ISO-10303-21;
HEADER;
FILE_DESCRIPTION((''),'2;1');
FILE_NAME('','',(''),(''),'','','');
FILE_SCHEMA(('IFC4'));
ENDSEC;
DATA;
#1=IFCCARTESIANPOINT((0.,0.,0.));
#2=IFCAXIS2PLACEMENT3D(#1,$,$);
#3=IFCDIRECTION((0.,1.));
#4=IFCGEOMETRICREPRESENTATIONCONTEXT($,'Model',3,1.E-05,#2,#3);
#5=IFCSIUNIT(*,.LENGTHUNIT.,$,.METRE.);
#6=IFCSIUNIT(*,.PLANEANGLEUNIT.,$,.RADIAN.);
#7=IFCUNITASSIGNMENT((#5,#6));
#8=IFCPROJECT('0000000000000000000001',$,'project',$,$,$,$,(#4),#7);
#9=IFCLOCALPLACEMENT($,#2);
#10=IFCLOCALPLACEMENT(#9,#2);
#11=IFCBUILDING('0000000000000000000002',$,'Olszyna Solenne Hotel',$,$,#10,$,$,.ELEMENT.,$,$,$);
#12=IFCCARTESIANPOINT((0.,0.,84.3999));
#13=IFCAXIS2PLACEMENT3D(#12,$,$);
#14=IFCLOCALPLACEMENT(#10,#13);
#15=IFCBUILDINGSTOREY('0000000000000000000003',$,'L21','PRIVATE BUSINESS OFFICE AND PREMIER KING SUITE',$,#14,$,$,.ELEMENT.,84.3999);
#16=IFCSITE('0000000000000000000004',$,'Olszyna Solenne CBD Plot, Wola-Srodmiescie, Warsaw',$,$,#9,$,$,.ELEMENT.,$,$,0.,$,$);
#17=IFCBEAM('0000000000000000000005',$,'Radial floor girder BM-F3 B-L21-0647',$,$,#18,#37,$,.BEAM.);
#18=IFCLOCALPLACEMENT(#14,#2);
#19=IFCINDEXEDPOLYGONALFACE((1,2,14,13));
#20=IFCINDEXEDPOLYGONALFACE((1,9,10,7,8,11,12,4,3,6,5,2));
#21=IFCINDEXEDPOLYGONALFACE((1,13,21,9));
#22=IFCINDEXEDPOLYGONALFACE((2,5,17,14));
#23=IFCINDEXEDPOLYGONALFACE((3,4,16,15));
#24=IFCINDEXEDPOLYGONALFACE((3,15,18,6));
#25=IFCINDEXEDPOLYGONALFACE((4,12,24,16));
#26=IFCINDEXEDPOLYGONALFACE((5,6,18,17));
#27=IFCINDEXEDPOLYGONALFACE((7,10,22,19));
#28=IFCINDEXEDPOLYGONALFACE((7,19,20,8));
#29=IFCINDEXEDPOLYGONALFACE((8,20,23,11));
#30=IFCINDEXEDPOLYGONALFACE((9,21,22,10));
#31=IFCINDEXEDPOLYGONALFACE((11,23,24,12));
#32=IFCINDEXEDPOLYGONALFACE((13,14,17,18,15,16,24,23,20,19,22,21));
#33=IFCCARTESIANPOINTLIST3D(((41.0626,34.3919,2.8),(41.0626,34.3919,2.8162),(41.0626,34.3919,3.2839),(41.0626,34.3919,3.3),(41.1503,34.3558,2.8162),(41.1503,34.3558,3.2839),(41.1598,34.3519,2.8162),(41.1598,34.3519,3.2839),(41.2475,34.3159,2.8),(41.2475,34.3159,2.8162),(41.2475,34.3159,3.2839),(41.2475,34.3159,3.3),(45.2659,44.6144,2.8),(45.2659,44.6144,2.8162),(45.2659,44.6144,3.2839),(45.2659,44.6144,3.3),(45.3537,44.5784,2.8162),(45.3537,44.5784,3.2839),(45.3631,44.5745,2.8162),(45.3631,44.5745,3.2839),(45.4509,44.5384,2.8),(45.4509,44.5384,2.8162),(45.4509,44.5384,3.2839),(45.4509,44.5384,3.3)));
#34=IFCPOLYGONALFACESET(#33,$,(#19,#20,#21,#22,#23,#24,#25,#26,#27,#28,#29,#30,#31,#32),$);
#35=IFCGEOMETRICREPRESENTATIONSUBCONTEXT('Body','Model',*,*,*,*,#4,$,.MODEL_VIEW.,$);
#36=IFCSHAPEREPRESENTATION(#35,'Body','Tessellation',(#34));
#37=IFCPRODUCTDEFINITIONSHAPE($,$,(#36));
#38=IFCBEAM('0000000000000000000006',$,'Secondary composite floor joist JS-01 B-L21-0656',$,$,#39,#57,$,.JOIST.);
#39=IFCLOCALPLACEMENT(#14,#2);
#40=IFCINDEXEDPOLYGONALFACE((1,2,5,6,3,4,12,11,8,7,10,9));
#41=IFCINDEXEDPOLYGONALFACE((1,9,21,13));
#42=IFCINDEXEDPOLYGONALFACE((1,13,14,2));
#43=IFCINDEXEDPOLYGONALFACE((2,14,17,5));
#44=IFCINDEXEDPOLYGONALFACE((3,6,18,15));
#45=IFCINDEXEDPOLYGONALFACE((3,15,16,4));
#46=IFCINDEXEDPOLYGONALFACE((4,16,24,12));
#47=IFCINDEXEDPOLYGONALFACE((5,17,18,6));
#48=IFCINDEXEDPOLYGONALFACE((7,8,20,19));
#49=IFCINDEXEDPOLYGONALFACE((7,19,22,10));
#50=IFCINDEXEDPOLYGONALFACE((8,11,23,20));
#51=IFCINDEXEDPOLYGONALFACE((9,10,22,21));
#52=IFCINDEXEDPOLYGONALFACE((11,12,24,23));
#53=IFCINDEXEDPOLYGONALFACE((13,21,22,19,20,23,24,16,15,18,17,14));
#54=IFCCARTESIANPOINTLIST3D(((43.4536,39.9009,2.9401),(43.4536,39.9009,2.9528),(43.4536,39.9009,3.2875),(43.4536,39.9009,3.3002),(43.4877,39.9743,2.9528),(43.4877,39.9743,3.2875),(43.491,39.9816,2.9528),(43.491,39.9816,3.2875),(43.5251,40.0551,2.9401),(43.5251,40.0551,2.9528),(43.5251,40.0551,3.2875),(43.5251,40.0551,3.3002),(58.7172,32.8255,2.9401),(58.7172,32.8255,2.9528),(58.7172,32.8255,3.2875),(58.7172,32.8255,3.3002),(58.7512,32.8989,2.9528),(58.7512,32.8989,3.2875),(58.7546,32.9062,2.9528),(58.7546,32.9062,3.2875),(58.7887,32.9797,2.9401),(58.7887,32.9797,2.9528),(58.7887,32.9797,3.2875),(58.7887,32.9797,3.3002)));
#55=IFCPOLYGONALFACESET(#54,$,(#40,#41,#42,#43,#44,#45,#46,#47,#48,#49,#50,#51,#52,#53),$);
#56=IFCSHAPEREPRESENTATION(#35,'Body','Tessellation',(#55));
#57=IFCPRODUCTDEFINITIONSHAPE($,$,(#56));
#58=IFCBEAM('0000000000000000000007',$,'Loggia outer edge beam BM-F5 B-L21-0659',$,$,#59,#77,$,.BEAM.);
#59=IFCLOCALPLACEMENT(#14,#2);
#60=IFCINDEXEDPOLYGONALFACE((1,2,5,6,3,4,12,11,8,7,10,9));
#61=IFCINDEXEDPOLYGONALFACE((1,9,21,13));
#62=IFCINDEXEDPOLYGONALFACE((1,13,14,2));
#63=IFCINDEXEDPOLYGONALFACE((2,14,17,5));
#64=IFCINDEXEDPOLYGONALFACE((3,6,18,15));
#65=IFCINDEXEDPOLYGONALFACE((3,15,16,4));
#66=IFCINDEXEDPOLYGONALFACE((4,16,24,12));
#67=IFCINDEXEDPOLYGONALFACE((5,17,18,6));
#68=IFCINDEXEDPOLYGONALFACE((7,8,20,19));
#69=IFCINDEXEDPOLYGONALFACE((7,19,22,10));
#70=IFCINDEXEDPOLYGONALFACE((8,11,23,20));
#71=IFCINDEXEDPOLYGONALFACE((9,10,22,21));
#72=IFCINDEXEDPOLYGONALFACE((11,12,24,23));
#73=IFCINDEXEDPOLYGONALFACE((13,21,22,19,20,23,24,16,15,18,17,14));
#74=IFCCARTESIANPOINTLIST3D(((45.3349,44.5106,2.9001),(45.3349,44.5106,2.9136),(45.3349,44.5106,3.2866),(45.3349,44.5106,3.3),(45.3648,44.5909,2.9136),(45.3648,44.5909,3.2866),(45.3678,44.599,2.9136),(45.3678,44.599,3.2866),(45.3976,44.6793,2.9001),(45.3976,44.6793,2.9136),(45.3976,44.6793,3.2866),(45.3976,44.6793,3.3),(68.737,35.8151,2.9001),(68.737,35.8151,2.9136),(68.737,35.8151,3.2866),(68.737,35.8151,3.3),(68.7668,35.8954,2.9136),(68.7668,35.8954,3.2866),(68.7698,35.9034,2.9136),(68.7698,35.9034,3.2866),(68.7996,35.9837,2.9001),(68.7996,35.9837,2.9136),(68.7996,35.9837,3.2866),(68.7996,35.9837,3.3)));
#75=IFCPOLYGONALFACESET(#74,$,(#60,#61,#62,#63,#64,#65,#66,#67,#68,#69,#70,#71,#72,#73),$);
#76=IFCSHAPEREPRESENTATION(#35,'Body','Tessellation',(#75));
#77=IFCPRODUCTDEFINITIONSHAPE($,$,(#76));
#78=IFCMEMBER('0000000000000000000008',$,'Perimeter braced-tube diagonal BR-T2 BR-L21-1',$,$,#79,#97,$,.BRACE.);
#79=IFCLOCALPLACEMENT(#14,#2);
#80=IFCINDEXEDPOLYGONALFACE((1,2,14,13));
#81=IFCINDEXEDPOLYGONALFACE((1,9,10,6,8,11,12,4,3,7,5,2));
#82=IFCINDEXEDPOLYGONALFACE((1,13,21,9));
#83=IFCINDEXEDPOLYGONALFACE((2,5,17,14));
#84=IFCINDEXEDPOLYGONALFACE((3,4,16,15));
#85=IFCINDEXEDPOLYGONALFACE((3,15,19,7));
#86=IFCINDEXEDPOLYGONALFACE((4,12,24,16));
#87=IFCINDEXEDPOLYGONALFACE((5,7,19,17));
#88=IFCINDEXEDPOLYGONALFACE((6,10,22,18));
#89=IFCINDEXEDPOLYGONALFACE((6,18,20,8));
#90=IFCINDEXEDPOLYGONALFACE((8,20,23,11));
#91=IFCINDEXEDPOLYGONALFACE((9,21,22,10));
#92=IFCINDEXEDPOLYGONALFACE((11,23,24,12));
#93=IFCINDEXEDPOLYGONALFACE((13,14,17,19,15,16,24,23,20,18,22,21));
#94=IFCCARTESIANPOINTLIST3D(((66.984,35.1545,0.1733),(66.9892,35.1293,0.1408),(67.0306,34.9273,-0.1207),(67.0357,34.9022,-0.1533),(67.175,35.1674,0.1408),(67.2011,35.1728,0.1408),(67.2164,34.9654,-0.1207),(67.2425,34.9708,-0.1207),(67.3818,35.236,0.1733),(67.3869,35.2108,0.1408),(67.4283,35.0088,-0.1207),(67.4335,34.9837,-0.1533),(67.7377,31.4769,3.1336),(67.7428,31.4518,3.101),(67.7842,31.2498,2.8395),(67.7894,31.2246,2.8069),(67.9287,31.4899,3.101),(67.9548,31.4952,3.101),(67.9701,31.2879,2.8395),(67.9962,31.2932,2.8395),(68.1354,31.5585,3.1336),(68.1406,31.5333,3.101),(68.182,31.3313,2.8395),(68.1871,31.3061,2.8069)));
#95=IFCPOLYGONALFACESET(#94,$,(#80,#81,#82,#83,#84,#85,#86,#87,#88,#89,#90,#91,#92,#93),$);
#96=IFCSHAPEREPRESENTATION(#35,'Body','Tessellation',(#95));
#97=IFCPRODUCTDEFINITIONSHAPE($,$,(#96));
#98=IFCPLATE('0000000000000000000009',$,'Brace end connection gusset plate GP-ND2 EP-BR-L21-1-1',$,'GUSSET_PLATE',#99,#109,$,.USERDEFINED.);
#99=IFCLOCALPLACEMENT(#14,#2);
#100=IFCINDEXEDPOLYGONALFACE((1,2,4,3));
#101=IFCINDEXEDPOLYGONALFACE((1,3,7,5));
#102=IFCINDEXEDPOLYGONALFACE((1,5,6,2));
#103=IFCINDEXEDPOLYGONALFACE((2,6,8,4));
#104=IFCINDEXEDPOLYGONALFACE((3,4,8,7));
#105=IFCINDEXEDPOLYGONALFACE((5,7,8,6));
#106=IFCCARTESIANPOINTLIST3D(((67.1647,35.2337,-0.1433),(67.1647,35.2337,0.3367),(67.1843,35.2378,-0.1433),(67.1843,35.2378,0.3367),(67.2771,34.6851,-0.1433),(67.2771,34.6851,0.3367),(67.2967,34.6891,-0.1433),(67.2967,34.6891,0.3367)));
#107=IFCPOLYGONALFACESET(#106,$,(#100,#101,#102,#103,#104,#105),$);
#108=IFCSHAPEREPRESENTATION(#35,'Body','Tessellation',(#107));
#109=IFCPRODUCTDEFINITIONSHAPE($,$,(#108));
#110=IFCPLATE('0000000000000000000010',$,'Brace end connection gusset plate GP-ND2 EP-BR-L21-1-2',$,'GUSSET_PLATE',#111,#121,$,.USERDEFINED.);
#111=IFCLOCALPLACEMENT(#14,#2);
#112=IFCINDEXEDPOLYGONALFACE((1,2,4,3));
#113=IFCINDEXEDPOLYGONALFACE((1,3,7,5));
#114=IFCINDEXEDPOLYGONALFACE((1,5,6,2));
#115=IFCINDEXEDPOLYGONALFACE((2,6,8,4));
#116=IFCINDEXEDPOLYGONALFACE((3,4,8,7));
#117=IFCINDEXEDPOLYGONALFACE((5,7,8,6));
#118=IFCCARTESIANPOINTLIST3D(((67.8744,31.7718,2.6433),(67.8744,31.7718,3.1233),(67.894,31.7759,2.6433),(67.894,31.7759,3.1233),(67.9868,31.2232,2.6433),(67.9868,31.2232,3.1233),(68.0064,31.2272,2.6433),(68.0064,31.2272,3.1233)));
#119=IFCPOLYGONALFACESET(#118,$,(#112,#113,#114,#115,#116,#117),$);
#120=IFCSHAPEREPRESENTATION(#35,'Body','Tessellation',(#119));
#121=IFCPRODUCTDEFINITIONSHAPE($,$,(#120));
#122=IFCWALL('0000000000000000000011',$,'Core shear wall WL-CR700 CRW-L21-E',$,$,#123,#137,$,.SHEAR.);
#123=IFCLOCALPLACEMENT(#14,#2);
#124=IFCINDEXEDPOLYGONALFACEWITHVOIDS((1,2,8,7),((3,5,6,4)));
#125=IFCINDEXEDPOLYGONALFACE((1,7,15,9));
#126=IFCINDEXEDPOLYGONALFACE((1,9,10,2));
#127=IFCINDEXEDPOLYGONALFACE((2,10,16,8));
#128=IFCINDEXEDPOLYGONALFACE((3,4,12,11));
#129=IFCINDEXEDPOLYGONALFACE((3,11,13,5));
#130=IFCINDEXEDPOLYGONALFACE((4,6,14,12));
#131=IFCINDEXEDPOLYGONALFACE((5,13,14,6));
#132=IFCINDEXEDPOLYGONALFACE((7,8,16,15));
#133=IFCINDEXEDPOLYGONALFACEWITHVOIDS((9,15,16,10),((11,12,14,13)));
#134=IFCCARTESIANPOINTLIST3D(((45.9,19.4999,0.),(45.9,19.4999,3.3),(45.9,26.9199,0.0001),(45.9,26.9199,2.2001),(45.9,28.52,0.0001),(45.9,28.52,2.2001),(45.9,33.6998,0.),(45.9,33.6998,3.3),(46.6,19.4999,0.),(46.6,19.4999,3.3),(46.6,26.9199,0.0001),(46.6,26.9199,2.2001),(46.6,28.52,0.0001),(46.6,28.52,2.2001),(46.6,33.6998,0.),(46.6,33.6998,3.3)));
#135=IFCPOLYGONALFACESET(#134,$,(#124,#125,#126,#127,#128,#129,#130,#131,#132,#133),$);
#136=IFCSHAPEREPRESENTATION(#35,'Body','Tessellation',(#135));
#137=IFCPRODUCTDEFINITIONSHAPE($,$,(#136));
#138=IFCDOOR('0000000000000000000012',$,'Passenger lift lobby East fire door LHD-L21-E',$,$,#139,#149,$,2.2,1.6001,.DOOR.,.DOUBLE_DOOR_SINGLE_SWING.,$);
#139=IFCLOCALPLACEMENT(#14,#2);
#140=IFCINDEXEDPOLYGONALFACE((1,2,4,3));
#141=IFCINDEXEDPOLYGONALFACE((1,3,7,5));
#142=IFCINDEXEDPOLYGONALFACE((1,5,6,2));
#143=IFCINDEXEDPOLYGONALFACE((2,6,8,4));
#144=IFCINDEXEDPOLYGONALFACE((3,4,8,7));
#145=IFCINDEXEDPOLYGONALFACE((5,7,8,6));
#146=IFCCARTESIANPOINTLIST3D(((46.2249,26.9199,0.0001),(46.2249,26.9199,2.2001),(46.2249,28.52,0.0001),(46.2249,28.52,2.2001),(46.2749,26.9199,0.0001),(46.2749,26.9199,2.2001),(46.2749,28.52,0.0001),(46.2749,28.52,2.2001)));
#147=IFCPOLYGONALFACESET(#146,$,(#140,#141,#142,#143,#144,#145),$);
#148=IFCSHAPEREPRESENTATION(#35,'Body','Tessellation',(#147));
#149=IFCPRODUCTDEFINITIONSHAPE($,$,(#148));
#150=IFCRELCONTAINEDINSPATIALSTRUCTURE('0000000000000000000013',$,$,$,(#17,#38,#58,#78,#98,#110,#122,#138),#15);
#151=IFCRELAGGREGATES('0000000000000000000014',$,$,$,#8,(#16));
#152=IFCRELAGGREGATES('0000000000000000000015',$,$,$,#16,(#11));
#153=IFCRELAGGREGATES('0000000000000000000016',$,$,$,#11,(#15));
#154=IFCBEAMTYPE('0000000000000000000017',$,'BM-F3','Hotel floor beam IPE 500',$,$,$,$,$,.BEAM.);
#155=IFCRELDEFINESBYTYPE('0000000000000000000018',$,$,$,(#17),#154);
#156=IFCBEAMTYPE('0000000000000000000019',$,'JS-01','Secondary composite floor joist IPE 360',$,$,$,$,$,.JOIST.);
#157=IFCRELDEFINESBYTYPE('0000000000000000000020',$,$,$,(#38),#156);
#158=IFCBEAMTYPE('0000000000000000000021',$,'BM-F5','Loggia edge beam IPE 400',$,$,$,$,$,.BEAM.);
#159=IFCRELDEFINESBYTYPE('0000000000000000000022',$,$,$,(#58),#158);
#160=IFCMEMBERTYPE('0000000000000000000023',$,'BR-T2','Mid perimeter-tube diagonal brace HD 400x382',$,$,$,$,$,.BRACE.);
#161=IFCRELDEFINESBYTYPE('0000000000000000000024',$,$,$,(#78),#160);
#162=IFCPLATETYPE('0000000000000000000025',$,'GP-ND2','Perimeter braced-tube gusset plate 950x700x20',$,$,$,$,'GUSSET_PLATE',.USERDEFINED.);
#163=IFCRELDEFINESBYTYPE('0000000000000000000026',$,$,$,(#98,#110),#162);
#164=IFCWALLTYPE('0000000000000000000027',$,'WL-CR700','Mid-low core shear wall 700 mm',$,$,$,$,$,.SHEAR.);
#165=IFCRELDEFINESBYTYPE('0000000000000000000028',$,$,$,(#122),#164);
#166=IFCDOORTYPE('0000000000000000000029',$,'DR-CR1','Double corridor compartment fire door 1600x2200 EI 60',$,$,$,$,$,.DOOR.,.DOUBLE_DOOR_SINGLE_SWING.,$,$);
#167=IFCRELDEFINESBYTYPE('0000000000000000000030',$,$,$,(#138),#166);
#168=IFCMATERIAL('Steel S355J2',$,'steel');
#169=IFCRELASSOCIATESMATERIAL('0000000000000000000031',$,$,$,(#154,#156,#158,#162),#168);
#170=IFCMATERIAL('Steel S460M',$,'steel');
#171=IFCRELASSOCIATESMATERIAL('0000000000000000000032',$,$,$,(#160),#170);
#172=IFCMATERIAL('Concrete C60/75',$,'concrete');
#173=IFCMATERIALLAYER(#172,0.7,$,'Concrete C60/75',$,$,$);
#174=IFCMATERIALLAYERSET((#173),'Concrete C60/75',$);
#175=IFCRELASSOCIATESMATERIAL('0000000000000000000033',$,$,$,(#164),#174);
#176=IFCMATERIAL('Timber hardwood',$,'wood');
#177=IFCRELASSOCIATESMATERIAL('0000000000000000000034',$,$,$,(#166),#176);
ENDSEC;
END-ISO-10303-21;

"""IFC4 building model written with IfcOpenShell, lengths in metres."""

from ifc_helpers import new_model, si_unit, direction, frame, frame_2d, origin, origin_2d, place, context, subcontext, project, spatial, rectangle, i_section, extrude, source, transform, mapped, material, layer, layer_set, material_profile, profile_set, type_object, type_shapes, element, fill, save


model = new_model("IFC4")

# Units and contexts
model_context = context("Model", 3, precision=1e-05, world=origin(), true_north=direction((0.0, 1.0)))
body_context = subcontext(model_context, "Body", "Model", "MODEL_VIEW")
ifc_project = project(units=[si_unit("LENGTHUNIT", "METRE"), si_unit("PLANEANGLEUNIT", "RADIAN")], contexts=[model_context])

# Site, building, storey
site_placement = place(None, origin())
site = spatial("IfcSite", under=ifc_project, at=site_placement, Name="Olszyna Solenne CBD Plot, Wola-Srodmiescie, Warsaw", CompositionType="ELEMENT", RefElevation=0.0)
building_placement = place(site_placement, origin())
building = spatial("IfcBuilding", under=site, at=building_placement, Name="Olszyna Solenne Hotel", CompositionType="ELEMENT")
storey_placement = place(building_placement, frame((0.0, 0.0, 84.3999)))
storey = spatial("IfcBuildingStorey", under=building, at=storey_placement, Name="L21", Description="PRIVATE BUSINESS OFFICE AND PREMIER KING SUITE", CompositionType="ELEMENT", Elevation=84.3999)

# Shared definitions
ifc_material_1 = material(Name="Steel S460M", Category="steel")

# Beams
ifc_material_2 = material(Name="Steel S355J2", Category="steel")
ifc_material_profile_1 = material_profile(ifc_material_2, i_section(OverallWidth=0.2, OverallDepth=0.5, WebThickness=0.0103, FlangeThickness=0.0161, at=origin_2d()), Name="IPE 500", Category="load-bearing")
ifc_profile_set_1 = profile_set([ifc_material_profile_1], Name="Steel S355J2")
beam_type_1 = type_object("IfcBeamType", Name="BM-F3", Description="Hotel floor beam IPE 500", PredefinedType="BEAM", material=ifc_profile_set_1)
shared_shape_1 = source(origin(), body_context, "Body", "SweptSolid", [
    extrude(i_section(OverallWidth=0.2, OverallDepth=0.5, WebThickness=0.0103, FlangeThickness=0.0161, at=origin_2d()), origin(), (0.0, 0.0, 1.0), 11.053),
])
beam_1_placement = place(storey_placement, frame((45.3584, 44.5764, 3.05), z_axis=(-0.380289, -0.924868, 0.0), x_axis=(0.924868, -0.380289, 0.0)))
element("IfcBeam", 1, at=beam_1_placement, inside=storey, type_object=beam_type_1, Name="Radial floor girder BM-F3 B-L21-0647", PredefinedType="BEAM", context=body_context, shape_type="MappedRepresentation", body=[
    mapped(shared_shape_1, transform((0.0, 0.0, 0.0), x_axis=(1.0, 0.0, 0.0), y_axis=(0.0, 1.0, 0.0), z_axis=(0.0, 0.0, 1.0), scale=1.0)),
])
ifc_material_profile_2 = material_profile(ifc_material_2, i_section(OverallWidth=0.1699, OverallDepth=0.3601, WebThickness=0.0081, FlangeThickness=0.0127, at=origin_2d()), Name="IPE 360", Category="load-bearing")
ifc_profile_set_2 = profile_set([ifc_material_profile_2], Name="Steel S355J2")
beam_type_2 = type_object("IfcBeamType", Name="JS-01", Description="Secondary composite floor joist IPE 360", PredefinedType="JOIST", material=ifc_profile_set_2)
shared_shape_2 = source(origin(), body_context, "Body", "SweptSolid", [
    extrude(i_section(OverallWidth=0.1699, OverallDepth=0.3601, WebThickness=0.0081, FlangeThickness=0.0127, at=origin_2d()), origin(), (0.0, 0.0, 1.0), 16.8237),
])
beam_2_placement = place(storey_placement, frame((58.7529, 32.9026, 3.1201), z_axis=(-0.907265, 0.42056, 0.0), x_axis=(-0.42056, -0.907265, 0.0)))
element("IfcBeam", 2, at=beam_2_placement, inside=storey, type_object=beam_type_2, Name="Secondary composite floor joist JS-01 B-L21-0656", PredefinedType="JOIST", context=body_context, shape_type="MappedRepresentation", body=[
    mapped(shared_shape_2, transform((0.0, 0.0, 0.0), x_axis=(1.0, 0.0, 0.0), y_axis=(0.0, 1.0, 0.0), z_axis=(0.0, 0.0, 1.0), scale=1.0)),
])
ifc_material_profile_3 = material_profile(ifc_material_2, i_section(OverallWidth=0.1799, OverallDepth=0.3999, WebThickness=0.0085, FlangeThickness=0.0134, at=origin_2d()), Name="IPE 400", Category="load-bearing")
ifc_profile_set_3 = profile_set([ifc_material_profile_3], Name="Steel S355J2")
beam_type_3 = type_object("IfcBeamType", Name="BM-F5", Description="Loggia edge beam IPE 400", PredefinedType="BEAM", material=ifc_profile_set_3)
shared_shape_3 = source(origin(), body_context, "Body", "SweptSolid", [
    extrude(i_section(OverallWidth=0.1799, OverallDepth=0.3999, WebThickness=0.0085, FlangeThickness=0.0134, at=origin_2d()), origin(), (0.0, 0.0, 1.0), 24.9653),
])
beam_3_placement = place(storey_placement, frame((68.7683, 35.8994, 3.1001), z_axis=(-0.937381, 0.348304, 0.0), x_axis=(-0.348304, -0.937381, 0.0)))
element("IfcBeam", 3, at=beam_3_placement, inside=storey, type_object=beam_type_3, Name="Loggia outer edge beam BM-F5 B-L21-0659", PredefinedType="BEAM", context=body_context, shape_type="MappedRepresentation", body=[
    mapped(shared_shape_3, transform((0.0, 0.0, 0.0), x_axis=(1.0, 0.0, 0.0), y_axis=(0.0, 1.0, 0.0), z_axis=(0.0, 0.0, 1.0), scale=1.0)),
])

# Member
ifc_material_profile_4 = material_profile(ifc_material_1, i_section(OverallWidth=0.406, OverallDepth=0.416, WebThickness=0.0266, FlangeThickness=0.0415, at=origin_2d()), Name="HD 400x382", Category="load-bearing")
ifc_profile_set_4 = profile_set([ifc_material_profile_4], Name="Steel S460M")
member_type = type_object("IfcMemberType", Name="BR-T2", Description="Mid perimeter-tube diagonal brace HD 400x382", PredefinedType="BRACE", material=ifc_profile_set_4)
shared_shape_4 = source(origin(), body_context, "Body", "SweptSolid", [
    extrude(i_section(OverallWidth=0.406, OverallDepth=0.416, WebThickness=0.0266, FlangeThickness=0.0415, at=origin_2d()), origin(), (0.0, 0.0, 1.0), 4.7808),
])
member_placement = place(storey_placement, frame((67.2087, 35.0691, 0.01), z_axis=(0.157648, -0.769242, 0.619204), x_axis=(0.979639, 0.200767, 0.0)))
element("IfcMember", 4, at=member_placement, inside=storey, type_object=member_type, Name="Perimeter braced-tube diagonal BR-T2 BR-L21-1", PredefinedType="BRACE", context=body_context, shape_type="MappedRepresentation", body=[
    mapped(shared_shape_4, transform((0.0, 0.0, 0.0), x_axis=(1.0, 0.0, 0.0), y_axis=(0.0, 1.0, 0.0), z_axis=(0.0, 0.0, 1.0), scale=1.0)),
])

# Plates
plate_type = type_object("IfcPlateType", Name="GP-ND2", Description="Perimeter braced-tube gusset plate 950x700x20", ElementType="GUSSET_PLATE", PredefinedType="USERDEFINED", material=ifc_material_2)
shared_shape_5 = source(origin(), body_context, "Body", "SweptSolid", [
    extrude(rectangle(XDim=0.5601, YDim=0.02, at=origin_2d()), origin(), (0.0, 0.0, 1.0), 0.48),
])
for number, where, z_axis, x_axis, name in (
    (5, (67.2307, 34.9614, -0.1433), (0.0, 0.0, 1.0), (0.200736, -0.979645, 0.0), "Brace end connection gusset plate GP-ND2 EP-BR-L21-1-1"),
    (6, (67.9404, 31.4995, 2.6433), (0.0, 0.0, 1.0), (0.200736, -0.979645, 0.0), "Brace end connection gusset plate GP-ND2 EP-BR-L21-1-2"),
):
    element("IfcPlate", number, at=place(storey_placement, frame(where, z_axis=z_axis, x_axis=x_axis)), inside=storey, type_object=plate_type, Name=name, ObjectType="GUSSET_PLATE", PredefinedType="USERDEFINED", context=body_context, shape_type="MappedRepresentation", body=[
        mapped(shared_shape_5, transform((0.0, 0.0, 0.0), x_axis=(1.0, 0.0, 0.0), y_axis=(0.0, 1.0, 0.0), z_axis=(0.0, 0.0, 1.0), scale=1.0)),
    ])

# Wall, opening, door
ifc_material_3 = material(Name="Concrete C60/75", Category="concrete")
ifc_layer_1 = layer(ifc_material_3, 0.7, Name="Concrete C60/75")
ifc_layer_set_1 = layer_set([ifc_layer_1], Name="Concrete C60/75")
wall_type_1 = type_object("IfcWallType", Name="WL-CR700", Description="Mid-low core shear wall 700 mm", PredefinedType="SHEAR", material=ifc_layer_set_1)
wall_1_placement = place(storey_placement, frame((46.25, 33.7, 0.0), z_axis=(0.0, 0.0, 1.0), x_axis=(0.0, -1.0, 0.0)))
wall_1 = element("IfcWall", 7, at=wall_1_placement, inside=storey, type_object=wall_type_1, Name="Core shear wall WL-CR700 CRW-L21-E", PredefinedType="SHEAR", context=body_context, shape_type="SweptSolid", body=[
    extrude(rectangle(XDim=14.2, YDim=0.7, at=frame_2d((7.1001, 0.0))), origin(), (0.0, 0.0, 1.0), 3.3),
])
opening_1_placement = place(wall_1_placement, frame((5.1799, 0.0, 0.0)))
opening_1 = element("IfcOpeningElement", 8, at=opening_1_placement, cuts=wall_1, PredefinedType="OPENING", context=body_context, shape_type="SweptSolid", body=[
    extrude(rectangle(XDim=1.6001, YDim=2.2, at=frame_2d((0.8, 1.1001))), frame((0.0, 0.3599, 0.0), z_axis=(0.0, -1.0, 0.0), x_axis=(1.0, 0.0, 0.0)), (0.0, 0.0, 1.0), 0.72),
])
ifc_material_4 = material(Name="Timber hardwood", Category="wood")
door_type_1 = type_object("IfcDoorType", Name="DR-CR1", Description="Double corridor compartment fire door 1600x2200 EI 60", OperationType="DOUBLE_DOOR_SINGLE_SWING", PredefinedType="DOOR", material=ifc_material_4)
shared_shape_6 = source(origin(), body_context, "Body", "SweptSolid", [
    extrude(rectangle(XDim=1.6001, YDim=2.2, at=frame_2d((0.8, 1.1001))), frame((0.0, 0.0249, 0.0), z_axis=(0.0, -1.0, 0.0), x_axis=(1.0, 0.0, 0.0)), (0.0, 0.0, 1.0), 0.05),
])
type_shapes(door_type_1, [shared_shape_6])
door_1_placement = place(opening_1_placement, origin())
door_1 = element("IfcDoor", 9, at=door_1_placement, inside=storey, type_object=door_type_1, Name="Passenger lift lobby East fire door LHD-L21-E", OperationType="DOUBLE_DOOR_SINGLE_SWING", OverallHeight=2.2, OverallWidth=1.6001, PredefinedType="DOOR", context=body_context, shape_type="MappedRepresentation", body=[
    mapped(shared_shape_6, transform((0.0, 0.0, 0.0), x_axis=(1.0, 0.0, 0.0), y_axis=(0.0, 1.0, 0.0), z_axis=(0.0, 0.0, 1.0), scale=1.0)),
])
fill(opening_1, door_1)

save(model, "model.ifc")
